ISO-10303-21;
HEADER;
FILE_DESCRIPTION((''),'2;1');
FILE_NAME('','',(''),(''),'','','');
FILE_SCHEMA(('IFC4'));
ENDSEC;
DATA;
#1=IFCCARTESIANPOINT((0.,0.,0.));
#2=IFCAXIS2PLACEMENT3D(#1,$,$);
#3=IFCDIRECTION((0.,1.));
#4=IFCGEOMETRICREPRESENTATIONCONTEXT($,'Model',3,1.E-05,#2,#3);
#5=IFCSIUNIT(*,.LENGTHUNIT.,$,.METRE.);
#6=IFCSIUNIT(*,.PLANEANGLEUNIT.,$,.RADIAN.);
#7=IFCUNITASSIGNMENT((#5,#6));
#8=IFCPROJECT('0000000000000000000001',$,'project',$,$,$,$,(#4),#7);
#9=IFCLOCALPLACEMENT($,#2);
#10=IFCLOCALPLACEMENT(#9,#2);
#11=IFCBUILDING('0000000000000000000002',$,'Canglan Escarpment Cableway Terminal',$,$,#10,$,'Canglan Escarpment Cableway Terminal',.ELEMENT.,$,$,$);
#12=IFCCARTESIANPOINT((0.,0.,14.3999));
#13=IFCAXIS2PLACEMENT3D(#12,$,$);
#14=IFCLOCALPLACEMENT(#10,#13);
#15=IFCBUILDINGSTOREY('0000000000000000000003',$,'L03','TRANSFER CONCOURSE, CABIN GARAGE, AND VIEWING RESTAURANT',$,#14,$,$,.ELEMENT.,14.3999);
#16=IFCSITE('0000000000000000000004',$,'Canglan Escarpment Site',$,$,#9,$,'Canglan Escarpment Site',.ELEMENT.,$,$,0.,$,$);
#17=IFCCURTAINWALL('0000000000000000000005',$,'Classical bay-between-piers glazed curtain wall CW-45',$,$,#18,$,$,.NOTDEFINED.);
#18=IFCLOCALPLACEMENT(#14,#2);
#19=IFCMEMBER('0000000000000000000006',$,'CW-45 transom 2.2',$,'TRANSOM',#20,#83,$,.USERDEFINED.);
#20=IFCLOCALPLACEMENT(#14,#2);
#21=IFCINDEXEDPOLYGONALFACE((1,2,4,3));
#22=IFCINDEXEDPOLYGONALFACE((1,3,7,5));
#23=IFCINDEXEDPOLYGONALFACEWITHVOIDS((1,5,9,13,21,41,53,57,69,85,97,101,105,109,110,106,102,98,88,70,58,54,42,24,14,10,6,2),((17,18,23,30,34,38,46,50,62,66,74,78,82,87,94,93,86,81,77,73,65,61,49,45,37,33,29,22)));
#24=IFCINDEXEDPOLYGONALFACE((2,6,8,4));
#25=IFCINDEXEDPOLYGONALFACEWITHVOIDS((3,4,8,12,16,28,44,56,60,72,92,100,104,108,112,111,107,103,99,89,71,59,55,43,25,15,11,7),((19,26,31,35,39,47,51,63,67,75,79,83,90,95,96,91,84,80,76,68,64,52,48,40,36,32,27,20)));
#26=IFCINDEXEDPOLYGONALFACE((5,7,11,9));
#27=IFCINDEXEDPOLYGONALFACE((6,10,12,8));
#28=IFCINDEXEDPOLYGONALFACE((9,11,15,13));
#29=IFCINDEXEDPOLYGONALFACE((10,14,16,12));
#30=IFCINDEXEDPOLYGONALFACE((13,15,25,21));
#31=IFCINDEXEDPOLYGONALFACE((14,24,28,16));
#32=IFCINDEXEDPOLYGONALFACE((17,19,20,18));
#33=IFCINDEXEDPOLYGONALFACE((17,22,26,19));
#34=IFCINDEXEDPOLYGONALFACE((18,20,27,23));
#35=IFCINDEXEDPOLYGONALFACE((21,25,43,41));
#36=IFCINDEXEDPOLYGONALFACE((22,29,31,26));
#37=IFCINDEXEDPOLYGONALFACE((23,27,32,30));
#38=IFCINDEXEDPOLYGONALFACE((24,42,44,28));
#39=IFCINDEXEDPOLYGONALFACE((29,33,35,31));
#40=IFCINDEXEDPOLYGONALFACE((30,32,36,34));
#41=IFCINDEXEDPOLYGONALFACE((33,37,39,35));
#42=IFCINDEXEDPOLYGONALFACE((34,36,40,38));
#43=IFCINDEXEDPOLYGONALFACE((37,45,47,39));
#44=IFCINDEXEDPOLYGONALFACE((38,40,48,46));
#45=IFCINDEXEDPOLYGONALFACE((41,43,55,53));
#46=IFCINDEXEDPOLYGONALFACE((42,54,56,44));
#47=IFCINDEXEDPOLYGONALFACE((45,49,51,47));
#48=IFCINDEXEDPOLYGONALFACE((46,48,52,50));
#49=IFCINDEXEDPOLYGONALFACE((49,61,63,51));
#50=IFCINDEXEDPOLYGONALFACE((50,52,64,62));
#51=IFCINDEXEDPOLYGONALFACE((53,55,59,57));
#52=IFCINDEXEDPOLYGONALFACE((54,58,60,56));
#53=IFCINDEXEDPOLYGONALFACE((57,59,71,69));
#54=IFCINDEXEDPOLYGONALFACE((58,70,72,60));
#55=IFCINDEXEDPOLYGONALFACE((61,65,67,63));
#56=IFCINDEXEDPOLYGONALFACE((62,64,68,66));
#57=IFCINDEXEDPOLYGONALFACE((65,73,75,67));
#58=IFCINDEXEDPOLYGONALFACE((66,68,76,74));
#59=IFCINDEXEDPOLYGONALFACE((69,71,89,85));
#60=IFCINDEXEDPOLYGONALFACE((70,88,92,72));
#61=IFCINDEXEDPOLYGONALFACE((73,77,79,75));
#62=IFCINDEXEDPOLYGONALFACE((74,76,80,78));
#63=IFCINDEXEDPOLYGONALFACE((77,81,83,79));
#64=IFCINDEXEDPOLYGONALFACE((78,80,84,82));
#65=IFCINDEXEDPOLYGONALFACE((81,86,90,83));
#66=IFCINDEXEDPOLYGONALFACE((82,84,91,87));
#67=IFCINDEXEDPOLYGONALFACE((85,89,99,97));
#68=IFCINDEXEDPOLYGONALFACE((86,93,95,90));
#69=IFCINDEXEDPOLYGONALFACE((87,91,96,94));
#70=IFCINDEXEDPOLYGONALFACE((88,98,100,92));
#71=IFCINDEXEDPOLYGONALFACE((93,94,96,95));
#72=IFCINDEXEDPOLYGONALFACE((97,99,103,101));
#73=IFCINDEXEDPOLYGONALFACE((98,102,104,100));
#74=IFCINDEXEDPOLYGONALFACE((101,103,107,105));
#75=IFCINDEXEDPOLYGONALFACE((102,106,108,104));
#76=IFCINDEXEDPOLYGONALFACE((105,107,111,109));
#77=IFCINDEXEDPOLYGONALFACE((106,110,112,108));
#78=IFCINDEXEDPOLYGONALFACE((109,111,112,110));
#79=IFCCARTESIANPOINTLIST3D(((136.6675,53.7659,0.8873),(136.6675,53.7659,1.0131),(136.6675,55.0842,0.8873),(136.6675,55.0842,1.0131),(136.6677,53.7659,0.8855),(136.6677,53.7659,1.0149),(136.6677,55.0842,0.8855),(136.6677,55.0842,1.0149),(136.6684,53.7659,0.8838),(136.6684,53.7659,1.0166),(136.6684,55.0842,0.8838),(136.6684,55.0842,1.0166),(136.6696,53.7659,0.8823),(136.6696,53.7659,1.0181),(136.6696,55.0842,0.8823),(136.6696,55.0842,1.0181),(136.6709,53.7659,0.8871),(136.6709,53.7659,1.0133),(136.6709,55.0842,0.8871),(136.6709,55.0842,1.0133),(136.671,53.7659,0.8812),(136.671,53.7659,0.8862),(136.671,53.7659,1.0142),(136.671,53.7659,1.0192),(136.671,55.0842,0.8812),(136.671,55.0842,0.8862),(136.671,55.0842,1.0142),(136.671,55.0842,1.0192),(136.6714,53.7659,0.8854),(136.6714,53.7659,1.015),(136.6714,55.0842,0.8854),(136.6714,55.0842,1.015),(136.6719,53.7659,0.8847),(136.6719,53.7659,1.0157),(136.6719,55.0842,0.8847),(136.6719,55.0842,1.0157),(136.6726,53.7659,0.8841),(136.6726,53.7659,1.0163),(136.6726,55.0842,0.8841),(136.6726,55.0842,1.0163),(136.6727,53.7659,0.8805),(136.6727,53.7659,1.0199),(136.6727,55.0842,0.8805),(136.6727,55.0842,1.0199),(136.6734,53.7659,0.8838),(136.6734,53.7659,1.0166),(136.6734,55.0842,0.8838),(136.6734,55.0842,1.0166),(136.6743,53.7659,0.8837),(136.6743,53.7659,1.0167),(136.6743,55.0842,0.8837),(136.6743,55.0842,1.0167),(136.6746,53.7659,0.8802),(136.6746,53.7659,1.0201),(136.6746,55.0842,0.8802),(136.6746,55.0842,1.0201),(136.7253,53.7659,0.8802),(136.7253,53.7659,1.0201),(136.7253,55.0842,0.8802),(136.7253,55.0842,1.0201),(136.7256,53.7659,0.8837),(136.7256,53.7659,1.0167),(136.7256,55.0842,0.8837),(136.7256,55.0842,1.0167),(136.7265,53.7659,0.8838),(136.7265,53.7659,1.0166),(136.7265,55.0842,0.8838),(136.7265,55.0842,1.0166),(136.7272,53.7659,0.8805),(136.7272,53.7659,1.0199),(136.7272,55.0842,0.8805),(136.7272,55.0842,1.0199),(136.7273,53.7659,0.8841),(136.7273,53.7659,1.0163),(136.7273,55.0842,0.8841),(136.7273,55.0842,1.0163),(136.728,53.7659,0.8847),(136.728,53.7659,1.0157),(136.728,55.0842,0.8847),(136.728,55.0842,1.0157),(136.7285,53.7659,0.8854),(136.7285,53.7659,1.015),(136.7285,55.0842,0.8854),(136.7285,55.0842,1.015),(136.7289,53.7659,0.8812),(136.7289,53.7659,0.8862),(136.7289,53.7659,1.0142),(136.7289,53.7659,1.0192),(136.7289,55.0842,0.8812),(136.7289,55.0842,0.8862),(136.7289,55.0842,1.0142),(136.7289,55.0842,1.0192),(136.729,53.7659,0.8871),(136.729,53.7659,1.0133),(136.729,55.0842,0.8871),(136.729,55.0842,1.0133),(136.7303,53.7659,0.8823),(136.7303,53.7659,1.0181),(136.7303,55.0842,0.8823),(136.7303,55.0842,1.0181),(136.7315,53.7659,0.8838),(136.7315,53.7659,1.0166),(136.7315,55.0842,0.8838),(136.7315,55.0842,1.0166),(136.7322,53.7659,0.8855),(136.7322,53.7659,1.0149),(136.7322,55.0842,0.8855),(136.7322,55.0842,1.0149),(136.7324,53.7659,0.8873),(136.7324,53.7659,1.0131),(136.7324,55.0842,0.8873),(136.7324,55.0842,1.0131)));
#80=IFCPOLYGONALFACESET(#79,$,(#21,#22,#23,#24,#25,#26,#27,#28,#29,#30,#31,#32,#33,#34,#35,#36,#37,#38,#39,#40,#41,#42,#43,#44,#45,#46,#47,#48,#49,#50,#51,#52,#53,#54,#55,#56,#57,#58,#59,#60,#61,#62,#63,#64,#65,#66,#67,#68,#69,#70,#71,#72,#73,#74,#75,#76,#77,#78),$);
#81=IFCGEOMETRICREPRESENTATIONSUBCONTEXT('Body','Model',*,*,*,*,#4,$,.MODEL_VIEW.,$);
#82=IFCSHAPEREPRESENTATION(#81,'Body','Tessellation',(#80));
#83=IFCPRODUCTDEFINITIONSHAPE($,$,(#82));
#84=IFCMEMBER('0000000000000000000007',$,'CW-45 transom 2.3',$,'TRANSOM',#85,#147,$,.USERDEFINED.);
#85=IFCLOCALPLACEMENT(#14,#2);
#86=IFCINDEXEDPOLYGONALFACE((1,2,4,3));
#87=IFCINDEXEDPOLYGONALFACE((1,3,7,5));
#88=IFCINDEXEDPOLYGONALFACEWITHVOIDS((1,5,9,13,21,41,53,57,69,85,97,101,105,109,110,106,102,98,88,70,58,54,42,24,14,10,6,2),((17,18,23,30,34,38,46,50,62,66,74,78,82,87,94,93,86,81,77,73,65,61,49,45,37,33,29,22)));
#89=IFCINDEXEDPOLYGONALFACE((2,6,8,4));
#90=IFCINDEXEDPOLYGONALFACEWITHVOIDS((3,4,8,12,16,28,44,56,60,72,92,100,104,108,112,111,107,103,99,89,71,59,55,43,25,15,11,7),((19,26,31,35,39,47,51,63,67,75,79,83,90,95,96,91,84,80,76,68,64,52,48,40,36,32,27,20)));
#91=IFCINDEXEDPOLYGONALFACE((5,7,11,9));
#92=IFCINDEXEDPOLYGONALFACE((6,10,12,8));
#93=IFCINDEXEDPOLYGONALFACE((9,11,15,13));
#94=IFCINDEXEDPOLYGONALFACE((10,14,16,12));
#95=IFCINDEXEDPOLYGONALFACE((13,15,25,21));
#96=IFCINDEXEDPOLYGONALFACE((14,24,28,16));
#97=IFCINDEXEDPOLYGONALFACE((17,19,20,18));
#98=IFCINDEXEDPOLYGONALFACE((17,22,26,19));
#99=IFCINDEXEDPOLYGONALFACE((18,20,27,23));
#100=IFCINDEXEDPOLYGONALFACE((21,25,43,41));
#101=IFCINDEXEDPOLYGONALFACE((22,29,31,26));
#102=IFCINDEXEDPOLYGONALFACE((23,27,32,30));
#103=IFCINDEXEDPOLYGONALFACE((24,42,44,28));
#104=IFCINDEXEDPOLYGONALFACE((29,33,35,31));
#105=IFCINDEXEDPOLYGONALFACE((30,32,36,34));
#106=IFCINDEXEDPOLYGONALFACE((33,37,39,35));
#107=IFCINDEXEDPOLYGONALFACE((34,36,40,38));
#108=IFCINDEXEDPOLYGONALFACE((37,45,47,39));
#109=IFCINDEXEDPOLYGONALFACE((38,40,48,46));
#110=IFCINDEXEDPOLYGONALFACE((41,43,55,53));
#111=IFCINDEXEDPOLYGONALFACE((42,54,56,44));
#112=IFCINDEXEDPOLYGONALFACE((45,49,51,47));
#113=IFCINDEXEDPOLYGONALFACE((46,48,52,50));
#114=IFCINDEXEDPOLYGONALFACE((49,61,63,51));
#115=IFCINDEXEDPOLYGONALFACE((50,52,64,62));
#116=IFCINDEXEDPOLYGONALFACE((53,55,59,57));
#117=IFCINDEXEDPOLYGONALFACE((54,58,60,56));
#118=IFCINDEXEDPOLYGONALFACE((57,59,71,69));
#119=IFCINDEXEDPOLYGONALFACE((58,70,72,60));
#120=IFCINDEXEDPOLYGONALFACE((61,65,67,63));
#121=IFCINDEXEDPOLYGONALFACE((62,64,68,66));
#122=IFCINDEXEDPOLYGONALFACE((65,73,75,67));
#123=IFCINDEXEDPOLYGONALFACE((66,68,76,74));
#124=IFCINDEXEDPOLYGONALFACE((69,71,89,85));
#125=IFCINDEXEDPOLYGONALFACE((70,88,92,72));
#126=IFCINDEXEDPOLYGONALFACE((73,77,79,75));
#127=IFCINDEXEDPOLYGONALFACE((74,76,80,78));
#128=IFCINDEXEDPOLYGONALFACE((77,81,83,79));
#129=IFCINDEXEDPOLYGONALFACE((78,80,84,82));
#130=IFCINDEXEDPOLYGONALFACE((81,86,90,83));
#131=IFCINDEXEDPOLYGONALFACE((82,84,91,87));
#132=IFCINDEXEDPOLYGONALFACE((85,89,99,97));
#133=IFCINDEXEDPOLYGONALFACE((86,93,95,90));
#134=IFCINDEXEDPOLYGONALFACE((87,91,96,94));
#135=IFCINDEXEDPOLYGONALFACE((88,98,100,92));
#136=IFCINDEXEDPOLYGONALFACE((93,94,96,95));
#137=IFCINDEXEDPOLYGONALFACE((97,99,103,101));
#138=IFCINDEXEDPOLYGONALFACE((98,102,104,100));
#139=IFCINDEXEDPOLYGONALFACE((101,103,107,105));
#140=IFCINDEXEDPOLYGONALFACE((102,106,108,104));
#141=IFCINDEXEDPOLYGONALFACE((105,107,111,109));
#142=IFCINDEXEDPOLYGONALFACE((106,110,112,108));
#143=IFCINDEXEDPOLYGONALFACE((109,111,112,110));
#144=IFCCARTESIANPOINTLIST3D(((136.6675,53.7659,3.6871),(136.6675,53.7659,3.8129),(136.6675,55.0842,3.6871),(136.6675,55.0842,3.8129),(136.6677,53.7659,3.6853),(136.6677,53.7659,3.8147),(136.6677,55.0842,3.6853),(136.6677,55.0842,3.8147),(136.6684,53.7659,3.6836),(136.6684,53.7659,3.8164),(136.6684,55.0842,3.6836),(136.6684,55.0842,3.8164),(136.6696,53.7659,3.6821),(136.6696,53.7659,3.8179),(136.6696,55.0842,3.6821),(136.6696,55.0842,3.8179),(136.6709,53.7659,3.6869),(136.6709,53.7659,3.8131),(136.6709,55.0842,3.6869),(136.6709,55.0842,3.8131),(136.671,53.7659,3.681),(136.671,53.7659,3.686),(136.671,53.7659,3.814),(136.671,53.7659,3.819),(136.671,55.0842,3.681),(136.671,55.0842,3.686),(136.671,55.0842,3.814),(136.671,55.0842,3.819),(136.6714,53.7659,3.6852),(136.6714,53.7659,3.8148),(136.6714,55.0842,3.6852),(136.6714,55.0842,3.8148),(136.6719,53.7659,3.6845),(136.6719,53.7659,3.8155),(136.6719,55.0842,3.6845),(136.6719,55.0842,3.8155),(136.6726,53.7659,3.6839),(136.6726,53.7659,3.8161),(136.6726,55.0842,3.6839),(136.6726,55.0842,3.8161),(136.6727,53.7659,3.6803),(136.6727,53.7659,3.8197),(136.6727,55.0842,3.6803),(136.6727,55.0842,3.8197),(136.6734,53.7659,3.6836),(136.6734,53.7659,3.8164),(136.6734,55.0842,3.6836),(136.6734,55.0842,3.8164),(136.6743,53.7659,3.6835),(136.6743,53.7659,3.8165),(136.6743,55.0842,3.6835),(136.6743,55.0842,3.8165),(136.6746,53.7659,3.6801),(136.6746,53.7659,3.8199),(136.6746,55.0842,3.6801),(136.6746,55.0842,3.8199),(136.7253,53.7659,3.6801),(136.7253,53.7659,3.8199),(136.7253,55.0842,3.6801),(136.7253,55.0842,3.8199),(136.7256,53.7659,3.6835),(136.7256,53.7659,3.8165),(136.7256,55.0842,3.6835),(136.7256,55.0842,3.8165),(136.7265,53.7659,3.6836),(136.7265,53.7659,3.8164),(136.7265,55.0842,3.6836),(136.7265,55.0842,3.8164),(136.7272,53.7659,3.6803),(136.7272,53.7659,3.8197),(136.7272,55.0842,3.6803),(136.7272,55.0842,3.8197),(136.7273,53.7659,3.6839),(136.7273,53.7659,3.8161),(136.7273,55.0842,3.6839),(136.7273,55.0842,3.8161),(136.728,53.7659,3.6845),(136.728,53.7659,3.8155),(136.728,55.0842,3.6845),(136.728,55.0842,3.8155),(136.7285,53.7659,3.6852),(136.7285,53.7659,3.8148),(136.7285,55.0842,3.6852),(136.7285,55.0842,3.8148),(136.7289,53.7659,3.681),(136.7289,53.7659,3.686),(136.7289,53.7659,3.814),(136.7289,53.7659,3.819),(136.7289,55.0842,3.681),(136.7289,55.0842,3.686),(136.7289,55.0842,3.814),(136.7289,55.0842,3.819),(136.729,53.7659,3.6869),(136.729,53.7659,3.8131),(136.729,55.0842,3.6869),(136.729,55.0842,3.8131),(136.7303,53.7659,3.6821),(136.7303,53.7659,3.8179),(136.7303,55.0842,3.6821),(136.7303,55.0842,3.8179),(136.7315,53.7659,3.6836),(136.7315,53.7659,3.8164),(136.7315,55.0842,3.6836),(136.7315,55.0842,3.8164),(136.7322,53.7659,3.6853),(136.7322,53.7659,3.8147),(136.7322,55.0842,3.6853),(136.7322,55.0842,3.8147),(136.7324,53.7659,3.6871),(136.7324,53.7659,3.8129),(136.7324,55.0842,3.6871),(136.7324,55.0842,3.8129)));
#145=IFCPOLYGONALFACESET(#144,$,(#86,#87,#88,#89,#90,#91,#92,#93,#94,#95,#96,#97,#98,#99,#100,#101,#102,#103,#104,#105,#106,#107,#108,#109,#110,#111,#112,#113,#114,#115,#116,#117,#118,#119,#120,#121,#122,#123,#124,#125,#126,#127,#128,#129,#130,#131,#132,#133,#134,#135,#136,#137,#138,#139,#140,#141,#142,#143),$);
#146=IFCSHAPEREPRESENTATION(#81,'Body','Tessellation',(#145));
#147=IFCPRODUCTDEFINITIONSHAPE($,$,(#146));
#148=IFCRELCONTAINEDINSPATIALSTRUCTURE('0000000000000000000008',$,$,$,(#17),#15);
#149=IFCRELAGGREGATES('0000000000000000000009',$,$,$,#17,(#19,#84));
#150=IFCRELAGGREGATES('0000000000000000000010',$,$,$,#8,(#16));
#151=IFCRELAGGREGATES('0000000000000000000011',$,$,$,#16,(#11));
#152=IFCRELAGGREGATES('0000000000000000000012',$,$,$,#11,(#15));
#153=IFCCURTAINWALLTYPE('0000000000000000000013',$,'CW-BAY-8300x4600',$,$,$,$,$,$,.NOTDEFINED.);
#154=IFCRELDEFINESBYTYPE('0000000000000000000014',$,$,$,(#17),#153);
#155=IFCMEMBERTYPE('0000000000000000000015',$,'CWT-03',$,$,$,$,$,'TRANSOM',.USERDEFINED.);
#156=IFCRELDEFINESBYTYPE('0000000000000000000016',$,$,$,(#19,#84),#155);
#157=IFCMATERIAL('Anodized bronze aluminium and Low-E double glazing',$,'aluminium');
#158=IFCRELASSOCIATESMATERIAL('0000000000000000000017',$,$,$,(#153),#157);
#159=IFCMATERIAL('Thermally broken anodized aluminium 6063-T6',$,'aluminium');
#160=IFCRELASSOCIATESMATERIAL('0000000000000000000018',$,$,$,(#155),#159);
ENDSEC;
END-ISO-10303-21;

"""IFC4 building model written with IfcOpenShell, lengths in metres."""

from ifc_helpers import new_model, si_unit, direction, frame, origin, origin_2d, place, context, subcontext, project, spatial, hollow_rectangle, extrude, material, material_profile, profile_set, type_object, element, aggregate, save


model = new_model("IFC4")

# Units and contexts
model_context = context("Model", 3, precision=1e-05, world=origin(), true_north=direction((0.0, 1.0)))
body_context = subcontext(model_context, "Body", "Model", "MODEL_VIEW")
ifc_project = project(units=[si_unit("LENGTHUNIT", "METRE"), si_unit("PLANEANGLEUNIT", "RADIAN")], contexts=[model_context])

# Site, building, storey
site_placement = place(None, origin())
site = spatial("IfcSite", under=ifc_project, at=site_placement, Name="Canglan Escarpment Site", LongName="Canglan Escarpment Site", CompositionType="ELEMENT", RefElevation=0.0)
building_placement = place(site_placement, origin())
building = spatial("IfcBuilding", under=site, at=building_placement, Name="Canglan Escarpment Cableway Terminal", LongName="Canglan Escarpment Cableway Terminal", CompositionType="ELEMENT")
storey_placement = place(building_placement, frame((0.0, 0.0, 14.3999)))
storey = spatial("IfcBuildingStorey", under=building, at=storey_placement, Name="L03", Description="TRANSFER CONCOURSE, CABIN GARAGE, AND VIEWING RESTAURANT", CompositionType="ELEMENT", Elevation=14.3999)

# Curtain wall, members
ifc_material_1 = material(Name="Anodized bronze aluminium and Low-E double glazing", Category="aluminium")
curtain_wall_type = type_object("IfcCurtainWallType", Name="CW-BAY-8300x4600", PredefinedType="NOTDEFINED", material=ifc_material_1)
curtain_wall_placement = place(storey_placement, origin())
curtain_wall = element("IfcCurtainWall", 1, at=curtain_wall_placement, inside=storey, type_object=curtain_wall_type, Name="Classical bay-between-piers glazed curtain wall CW-45", PredefinedType="NOTDEFINED")
ifc_material_2 = material(Name="Thermally broken anodized aluminium 6063-T6", Category="aluminium")
ifc_material_profile_1 = material_profile(ifc_material_2, hollow_rectangle(XDim=0.0649, YDim=0.1399, WallThickness=0.0034, InnerFilletRadius=0.0034, OuterFilletRadius=0.0071, at=origin_2d()), Name="ALU-TRAN 65x140x3.5")
ifc_profile_set_1 = profile_set([ifc_material_profile_1], Name="Thermally broken anodized aluminium 6063-T6")
member_type_1 = type_object("IfcMemberType", Name="CWT-03", ElementType="TRANSOM", PredefinedType="USERDEFINED", material=ifc_profile_set_1)
member_1_placement = place(storey_placement, frame((136.7, 53.7659, 0.9502), z_axis=(0.0, 1.0, 0.0), x_axis=(-1.0, 0.0, 0.0)))
member_1 = element("IfcMember", 2, at=member_1_placement, type_object=member_type_1, Name="CW-45 transom 2.2", ObjectType="TRANSOM", PredefinedType="USERDEFINED", context=body_context, shape_type="SweptSolid", body=[
    extrude(hollow_rectangle(XDim=0.0649, YDim=0.1399, WallThickness=0.0034, InnerFilletRadius=0.0034, OuterFilletRadius=0.0071, at=origin_2d()), origin(), (0.0, 0.0, 1.0), 1.3184),
])
member_2_placement = place(storey_placement, frame((136.7, 53.7659, 3.75), z_axis=(0.0, 1.0, 0.0), x_axis=(-1.0, 0.0, 0.0)))
member_2 = element("IfcMember", 3, at=member_2_placement, type_object=member_type_1, Name="CW-45 transom 2.3", ObjectType="TRANSOM", PredefinedType="USERDEFINED", context=body_context, shape_type="SweptSolid", body=[
    extrude(hollow_rectangle(XDim=0.0649, YDim=0.1399, WallThickness=0.0034, InnerFilletRadius=0.0034, OuterFilletRadius=0.0071, at=origin_2d()), origin(), (0.0, 0.0, 1.0), 1.3184),
])

aggregate(curtain_wall, [member_1, member_2])

save(model, "model.ifc")
